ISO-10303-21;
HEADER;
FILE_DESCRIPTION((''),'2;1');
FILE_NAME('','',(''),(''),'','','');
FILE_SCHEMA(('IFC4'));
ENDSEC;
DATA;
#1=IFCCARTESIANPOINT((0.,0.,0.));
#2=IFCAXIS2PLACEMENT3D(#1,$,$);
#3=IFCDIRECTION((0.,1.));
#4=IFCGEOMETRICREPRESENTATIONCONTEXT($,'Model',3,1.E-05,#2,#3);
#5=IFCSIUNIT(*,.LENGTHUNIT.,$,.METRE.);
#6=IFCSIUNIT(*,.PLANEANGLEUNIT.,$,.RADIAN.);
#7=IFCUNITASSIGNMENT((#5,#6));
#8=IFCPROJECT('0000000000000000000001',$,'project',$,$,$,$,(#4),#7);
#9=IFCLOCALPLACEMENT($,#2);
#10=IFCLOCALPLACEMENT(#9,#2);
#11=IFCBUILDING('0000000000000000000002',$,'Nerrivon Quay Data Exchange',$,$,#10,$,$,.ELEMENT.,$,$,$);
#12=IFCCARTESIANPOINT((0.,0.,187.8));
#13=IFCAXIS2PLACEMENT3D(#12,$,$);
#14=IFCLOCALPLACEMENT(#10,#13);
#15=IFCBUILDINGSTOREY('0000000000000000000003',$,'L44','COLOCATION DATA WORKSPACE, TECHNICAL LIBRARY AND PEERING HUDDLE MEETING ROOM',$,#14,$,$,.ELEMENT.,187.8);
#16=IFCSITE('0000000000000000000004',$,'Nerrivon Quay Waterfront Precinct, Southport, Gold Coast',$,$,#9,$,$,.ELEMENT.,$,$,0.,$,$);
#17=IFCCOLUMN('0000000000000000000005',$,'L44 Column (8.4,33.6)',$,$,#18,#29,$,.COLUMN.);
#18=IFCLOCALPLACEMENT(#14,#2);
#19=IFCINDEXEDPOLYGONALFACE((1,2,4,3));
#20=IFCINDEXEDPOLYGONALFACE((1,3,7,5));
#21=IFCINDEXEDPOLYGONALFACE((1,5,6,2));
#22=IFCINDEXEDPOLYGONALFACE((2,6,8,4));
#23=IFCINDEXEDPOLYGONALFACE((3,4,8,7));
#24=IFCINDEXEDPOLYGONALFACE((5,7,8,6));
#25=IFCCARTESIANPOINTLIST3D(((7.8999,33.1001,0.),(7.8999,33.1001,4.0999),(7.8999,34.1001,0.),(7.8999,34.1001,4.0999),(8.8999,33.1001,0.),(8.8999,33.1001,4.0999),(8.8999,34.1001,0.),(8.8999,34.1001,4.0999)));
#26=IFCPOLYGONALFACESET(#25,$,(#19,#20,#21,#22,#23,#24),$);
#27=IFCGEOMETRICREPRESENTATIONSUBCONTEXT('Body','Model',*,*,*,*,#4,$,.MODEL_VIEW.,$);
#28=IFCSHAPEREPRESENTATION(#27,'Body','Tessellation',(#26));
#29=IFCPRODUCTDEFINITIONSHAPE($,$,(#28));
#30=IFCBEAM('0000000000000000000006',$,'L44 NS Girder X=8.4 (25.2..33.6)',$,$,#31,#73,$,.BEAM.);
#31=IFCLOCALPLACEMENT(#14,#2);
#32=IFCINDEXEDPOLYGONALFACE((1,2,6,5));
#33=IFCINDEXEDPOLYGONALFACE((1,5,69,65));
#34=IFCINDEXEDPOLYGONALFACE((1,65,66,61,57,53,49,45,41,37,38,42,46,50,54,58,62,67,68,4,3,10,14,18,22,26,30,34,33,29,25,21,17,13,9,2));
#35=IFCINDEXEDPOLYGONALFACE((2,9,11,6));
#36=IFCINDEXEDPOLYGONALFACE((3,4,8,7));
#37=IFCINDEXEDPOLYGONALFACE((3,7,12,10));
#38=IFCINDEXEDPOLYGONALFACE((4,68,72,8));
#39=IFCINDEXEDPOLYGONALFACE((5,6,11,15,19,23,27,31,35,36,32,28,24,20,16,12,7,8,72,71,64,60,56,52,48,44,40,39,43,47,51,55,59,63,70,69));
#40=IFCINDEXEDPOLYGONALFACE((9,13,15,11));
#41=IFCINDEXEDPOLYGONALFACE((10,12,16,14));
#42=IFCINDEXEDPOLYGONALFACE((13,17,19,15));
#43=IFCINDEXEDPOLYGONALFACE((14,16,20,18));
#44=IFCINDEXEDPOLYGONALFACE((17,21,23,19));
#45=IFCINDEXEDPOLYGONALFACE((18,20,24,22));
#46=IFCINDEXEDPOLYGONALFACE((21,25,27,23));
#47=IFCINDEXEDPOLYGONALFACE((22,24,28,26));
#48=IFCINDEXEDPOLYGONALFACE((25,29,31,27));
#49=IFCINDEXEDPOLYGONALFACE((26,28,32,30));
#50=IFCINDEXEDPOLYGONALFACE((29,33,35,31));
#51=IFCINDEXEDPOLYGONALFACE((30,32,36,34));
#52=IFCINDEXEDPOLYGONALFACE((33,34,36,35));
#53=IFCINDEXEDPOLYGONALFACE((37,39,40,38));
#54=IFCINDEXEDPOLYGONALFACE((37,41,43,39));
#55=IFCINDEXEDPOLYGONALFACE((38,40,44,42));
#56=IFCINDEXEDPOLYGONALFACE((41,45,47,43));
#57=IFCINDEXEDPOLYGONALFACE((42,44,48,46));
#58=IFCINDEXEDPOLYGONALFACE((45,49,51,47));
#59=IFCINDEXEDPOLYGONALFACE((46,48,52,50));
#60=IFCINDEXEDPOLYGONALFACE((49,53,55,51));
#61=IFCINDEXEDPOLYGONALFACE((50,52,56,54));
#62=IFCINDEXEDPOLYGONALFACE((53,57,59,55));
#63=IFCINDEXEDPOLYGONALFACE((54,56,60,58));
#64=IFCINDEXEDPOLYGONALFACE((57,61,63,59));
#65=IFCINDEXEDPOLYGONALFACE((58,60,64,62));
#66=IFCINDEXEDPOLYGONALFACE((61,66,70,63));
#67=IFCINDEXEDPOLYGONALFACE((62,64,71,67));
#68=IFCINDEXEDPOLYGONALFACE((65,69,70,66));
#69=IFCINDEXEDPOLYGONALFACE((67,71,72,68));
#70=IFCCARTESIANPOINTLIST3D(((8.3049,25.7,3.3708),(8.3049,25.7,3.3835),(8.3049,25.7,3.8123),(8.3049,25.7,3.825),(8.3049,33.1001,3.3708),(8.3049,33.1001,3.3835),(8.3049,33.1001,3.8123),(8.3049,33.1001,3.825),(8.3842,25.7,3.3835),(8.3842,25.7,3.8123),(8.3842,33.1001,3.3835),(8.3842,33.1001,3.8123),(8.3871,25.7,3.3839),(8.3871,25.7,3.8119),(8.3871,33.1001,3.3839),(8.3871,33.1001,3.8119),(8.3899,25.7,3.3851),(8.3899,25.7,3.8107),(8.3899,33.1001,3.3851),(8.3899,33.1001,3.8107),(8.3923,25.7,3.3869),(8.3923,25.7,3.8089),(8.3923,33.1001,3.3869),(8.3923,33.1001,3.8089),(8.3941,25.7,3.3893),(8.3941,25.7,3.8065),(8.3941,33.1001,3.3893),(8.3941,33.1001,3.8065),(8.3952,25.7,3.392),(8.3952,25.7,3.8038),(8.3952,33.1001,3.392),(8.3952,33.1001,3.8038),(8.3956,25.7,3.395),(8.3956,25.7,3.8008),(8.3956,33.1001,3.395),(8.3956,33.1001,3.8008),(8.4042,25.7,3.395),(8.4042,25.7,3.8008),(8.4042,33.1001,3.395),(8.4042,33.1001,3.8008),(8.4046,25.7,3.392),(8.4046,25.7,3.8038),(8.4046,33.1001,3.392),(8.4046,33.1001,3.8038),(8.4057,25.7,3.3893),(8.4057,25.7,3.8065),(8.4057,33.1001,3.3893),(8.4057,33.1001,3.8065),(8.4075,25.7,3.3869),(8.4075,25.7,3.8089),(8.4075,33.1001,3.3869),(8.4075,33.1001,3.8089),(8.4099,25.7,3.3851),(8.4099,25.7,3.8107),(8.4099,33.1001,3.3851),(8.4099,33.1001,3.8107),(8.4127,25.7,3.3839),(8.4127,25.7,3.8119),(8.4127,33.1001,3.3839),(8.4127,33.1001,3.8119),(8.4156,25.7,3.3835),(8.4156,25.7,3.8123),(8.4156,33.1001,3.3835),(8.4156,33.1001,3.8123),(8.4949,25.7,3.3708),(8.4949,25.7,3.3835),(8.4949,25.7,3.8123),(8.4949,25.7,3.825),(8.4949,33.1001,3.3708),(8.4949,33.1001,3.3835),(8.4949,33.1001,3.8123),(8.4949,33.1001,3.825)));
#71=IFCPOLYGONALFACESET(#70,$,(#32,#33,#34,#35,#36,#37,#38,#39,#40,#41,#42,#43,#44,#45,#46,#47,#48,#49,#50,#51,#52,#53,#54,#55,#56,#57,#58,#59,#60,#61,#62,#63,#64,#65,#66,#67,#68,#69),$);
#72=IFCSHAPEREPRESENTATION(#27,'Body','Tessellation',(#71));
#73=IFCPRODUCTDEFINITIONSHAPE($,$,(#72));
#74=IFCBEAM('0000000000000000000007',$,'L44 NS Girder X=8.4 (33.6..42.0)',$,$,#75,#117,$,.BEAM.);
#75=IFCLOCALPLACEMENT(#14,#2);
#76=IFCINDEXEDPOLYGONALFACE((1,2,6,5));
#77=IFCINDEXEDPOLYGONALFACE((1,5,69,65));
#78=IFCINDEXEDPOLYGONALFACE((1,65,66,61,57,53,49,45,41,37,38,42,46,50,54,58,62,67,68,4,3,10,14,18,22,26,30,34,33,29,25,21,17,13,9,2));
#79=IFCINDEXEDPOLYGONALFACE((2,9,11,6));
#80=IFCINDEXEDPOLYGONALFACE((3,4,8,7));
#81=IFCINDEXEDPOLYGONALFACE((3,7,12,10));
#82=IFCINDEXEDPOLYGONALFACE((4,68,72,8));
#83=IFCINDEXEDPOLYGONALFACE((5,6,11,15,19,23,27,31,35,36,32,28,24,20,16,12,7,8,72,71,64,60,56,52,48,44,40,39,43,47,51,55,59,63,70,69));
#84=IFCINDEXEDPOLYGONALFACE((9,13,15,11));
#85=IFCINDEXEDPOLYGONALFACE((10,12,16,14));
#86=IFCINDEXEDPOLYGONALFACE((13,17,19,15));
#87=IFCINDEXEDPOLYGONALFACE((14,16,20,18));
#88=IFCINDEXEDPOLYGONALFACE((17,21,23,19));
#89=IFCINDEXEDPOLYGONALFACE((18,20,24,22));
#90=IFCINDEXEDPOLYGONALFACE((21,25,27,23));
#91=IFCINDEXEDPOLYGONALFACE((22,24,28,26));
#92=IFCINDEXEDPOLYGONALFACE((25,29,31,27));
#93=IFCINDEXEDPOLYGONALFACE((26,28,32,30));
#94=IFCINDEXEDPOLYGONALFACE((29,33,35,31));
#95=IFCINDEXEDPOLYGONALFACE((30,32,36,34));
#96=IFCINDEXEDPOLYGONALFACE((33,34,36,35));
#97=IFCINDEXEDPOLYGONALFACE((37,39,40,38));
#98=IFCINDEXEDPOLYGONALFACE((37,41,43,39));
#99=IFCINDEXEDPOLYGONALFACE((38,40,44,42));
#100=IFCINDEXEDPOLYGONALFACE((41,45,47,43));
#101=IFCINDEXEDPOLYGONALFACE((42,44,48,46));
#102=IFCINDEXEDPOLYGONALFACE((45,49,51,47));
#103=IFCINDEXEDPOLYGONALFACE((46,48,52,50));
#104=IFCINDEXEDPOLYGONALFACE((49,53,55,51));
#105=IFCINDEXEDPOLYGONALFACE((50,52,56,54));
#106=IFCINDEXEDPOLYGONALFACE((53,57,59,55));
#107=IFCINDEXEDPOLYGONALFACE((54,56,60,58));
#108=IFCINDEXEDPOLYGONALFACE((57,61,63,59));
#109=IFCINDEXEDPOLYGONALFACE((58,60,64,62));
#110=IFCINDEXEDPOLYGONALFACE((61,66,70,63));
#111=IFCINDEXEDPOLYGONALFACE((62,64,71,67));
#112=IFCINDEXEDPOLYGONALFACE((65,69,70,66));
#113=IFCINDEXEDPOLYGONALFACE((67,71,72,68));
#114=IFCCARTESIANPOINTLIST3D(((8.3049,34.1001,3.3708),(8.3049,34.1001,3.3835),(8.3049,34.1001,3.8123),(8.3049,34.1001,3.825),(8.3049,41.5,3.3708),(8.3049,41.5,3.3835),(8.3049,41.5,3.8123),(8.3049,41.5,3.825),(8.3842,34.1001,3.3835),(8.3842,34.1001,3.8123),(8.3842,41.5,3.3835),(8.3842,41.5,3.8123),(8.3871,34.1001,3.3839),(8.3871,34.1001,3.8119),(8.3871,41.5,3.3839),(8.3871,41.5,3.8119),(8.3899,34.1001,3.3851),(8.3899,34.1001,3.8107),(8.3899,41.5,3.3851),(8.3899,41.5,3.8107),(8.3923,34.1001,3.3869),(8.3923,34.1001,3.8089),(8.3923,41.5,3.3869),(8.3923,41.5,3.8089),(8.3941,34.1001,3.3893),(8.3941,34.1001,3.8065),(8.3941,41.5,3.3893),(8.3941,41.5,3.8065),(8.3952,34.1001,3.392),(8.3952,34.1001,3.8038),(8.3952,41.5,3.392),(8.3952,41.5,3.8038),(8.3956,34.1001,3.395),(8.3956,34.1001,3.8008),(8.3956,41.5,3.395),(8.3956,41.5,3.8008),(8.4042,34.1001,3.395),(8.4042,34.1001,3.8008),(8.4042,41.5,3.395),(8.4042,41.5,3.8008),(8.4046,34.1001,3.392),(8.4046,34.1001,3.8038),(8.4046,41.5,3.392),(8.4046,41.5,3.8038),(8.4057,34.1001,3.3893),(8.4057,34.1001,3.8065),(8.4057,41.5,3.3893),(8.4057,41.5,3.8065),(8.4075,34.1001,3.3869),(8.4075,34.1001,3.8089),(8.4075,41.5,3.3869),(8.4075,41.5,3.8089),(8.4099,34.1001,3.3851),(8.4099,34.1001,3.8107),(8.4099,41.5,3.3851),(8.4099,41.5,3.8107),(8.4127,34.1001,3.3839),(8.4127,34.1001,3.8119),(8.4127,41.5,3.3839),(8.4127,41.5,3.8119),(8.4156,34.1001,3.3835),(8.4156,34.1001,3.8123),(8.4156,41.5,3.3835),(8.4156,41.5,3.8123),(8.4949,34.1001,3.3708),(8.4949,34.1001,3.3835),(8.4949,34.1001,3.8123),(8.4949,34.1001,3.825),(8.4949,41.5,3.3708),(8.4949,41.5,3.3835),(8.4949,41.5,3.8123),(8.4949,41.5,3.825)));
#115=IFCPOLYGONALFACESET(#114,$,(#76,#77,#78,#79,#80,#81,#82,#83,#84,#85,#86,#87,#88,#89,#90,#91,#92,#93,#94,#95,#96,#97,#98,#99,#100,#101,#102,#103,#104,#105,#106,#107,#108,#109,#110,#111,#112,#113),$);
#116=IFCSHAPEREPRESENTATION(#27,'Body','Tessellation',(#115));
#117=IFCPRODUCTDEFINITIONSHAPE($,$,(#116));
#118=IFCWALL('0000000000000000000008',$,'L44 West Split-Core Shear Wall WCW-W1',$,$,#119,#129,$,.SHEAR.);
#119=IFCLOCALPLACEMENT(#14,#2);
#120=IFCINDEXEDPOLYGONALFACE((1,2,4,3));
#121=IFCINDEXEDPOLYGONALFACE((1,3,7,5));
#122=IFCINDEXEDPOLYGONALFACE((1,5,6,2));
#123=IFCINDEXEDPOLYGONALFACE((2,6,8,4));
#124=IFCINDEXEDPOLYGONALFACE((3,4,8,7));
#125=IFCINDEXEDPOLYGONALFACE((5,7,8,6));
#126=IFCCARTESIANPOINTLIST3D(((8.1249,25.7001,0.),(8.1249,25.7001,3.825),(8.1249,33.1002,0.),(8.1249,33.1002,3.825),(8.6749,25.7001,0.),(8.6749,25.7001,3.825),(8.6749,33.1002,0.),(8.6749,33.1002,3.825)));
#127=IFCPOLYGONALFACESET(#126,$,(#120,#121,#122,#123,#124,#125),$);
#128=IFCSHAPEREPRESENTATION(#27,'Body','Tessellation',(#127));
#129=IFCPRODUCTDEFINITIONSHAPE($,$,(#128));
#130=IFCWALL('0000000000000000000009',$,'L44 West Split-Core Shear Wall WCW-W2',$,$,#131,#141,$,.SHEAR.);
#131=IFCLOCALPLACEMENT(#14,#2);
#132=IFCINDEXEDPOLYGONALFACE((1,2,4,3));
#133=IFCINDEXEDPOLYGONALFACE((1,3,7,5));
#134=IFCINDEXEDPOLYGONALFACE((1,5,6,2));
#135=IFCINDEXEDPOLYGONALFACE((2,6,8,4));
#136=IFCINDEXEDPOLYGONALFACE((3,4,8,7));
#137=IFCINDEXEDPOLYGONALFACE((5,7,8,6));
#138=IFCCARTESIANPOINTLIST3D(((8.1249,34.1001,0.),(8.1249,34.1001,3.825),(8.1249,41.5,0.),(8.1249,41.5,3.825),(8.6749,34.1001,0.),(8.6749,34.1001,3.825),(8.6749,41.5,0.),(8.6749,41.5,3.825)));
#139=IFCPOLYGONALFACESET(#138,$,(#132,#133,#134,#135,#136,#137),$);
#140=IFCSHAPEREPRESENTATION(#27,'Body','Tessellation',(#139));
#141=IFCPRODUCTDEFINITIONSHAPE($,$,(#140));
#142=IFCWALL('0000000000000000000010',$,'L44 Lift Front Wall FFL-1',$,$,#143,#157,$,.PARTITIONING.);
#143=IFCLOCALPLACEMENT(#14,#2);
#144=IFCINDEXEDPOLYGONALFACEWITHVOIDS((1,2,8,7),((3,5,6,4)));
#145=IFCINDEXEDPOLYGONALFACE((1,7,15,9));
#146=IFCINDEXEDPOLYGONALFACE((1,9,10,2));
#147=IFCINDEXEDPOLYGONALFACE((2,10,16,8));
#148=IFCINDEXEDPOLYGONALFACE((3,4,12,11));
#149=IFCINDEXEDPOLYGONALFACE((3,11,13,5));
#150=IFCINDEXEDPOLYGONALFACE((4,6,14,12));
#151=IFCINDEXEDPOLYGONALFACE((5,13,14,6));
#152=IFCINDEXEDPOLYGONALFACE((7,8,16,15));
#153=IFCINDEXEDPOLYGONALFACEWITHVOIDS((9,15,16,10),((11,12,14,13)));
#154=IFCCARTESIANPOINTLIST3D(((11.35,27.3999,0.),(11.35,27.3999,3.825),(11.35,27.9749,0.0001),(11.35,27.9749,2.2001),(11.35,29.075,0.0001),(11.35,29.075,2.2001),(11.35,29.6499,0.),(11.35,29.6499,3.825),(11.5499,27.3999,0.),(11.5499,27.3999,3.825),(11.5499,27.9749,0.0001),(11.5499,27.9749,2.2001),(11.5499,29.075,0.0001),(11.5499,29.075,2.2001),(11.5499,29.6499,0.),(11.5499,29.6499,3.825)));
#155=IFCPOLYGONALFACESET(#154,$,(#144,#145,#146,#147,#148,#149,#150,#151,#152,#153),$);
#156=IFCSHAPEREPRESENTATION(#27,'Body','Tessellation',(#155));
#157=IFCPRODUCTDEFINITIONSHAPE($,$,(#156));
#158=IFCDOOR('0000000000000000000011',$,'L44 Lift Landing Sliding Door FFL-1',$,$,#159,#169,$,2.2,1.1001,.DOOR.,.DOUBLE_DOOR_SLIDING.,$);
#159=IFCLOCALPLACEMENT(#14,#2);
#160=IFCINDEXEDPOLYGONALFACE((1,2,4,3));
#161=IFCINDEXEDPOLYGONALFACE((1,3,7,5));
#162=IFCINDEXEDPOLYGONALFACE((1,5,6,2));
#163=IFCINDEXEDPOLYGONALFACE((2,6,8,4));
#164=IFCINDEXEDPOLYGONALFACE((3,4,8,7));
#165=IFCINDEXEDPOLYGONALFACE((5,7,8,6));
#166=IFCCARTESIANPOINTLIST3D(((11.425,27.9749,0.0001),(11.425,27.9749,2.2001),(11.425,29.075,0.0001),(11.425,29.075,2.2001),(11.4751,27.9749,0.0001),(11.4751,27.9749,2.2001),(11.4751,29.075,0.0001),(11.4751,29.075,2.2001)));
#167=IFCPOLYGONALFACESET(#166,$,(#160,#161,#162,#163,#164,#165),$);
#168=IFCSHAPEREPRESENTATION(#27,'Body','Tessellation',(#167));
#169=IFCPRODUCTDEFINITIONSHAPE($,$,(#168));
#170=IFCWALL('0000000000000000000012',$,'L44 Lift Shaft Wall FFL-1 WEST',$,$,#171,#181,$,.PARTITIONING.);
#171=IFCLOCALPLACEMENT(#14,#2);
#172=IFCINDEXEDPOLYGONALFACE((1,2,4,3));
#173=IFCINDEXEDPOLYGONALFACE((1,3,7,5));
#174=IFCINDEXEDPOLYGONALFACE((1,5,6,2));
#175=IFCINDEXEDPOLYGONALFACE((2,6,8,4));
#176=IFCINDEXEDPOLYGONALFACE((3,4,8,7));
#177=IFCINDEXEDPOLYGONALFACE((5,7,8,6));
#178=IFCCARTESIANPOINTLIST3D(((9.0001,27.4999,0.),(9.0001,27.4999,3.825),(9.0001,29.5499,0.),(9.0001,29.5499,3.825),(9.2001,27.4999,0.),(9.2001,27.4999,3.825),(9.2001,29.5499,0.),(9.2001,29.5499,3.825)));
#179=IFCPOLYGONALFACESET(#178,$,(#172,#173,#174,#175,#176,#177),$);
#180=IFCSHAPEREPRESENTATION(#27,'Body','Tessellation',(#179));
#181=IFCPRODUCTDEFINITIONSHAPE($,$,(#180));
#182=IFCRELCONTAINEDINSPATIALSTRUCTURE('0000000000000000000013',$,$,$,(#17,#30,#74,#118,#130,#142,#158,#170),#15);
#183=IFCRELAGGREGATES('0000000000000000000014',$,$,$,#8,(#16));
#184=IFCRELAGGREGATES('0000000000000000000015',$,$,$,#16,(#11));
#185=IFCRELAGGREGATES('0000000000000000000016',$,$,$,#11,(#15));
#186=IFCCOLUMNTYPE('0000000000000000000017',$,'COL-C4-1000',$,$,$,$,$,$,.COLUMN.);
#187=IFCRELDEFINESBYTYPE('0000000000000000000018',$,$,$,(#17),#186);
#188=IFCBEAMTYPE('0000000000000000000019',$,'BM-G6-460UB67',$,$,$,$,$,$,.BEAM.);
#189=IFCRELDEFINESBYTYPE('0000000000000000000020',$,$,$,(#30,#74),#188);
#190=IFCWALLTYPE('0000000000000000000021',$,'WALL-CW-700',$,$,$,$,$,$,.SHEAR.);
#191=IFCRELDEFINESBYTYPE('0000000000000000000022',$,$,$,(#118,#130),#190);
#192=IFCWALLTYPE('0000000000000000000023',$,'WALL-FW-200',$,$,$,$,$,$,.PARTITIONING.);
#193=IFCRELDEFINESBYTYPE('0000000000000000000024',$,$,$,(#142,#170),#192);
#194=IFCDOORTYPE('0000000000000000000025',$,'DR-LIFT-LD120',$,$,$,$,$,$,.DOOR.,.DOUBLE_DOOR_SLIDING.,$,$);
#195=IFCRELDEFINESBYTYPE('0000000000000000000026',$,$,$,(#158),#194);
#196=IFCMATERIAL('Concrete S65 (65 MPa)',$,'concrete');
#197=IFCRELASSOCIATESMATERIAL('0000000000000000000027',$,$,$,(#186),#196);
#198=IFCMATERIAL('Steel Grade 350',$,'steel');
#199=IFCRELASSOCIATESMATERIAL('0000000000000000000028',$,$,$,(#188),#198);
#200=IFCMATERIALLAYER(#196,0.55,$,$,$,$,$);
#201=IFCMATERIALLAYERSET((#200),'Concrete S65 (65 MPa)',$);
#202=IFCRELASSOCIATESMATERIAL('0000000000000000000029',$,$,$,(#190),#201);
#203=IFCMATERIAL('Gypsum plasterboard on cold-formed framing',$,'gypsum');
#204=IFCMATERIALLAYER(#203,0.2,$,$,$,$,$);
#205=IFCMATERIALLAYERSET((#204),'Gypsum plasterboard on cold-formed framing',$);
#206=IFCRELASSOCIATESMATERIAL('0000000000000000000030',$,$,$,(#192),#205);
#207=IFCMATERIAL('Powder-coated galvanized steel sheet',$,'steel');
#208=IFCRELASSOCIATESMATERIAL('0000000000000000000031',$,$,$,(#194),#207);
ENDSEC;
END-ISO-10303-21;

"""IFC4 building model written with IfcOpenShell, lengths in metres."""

from ifc_helpers import new_model, si_unit, direction, frame, frame_2d, origin, origin_2d, place, context, subcontext, project, spatial, rectangle, i_section, extrude, material, layer, layer_set, material_profile, profile_set, type_object, element, fill, save


model = new_model("IFC4")

# Units and contexts
model_context = context("Model", 3, precision=1e-05, world=origin(), true_north=direction((0.0, 1.0)))
body_context = subcontext(model_context, "Body", "Model", "MODEL_VIEW")
ifc_project = project(units=[si_unit("LENGTHUNIT", "METRE"), si_unit("PLANEANGLEUNIT", "RADIAN")], contexts=[model_context])

# Site, building, storey
site_placement = place(None, origin())
site = spatial("IfcSite", under=ifc_project, at=site_placement, Name="Nerrivon Quay Waterfront Precinct, Southport, Gold Coast", CompositionType="ELEMENT", RefElevation=0.0)
building_placement = place(site_placement, origin())
building = spatial("IfcBuilding", under=site, at=building_placement, Name="Nerrivon Quay Data Exchange", CompositionType="ELEMENT")
storey_placement = place(building_placement, frame((0.0, 0.0, 187.8)))
storey = spatial("IfcBuildingStorey", under=building, at=storey_placement, Name="L44", Description="COLOCATION DATA WORKSPACE, TECHNICAL LIBRARY AND PEERING HUDDLE MEETING ROOM", CompositionType="ELEMENT", Elevation=187.8)

# Column
ifc_material_1 = material(Name="Concrete S65 (65 MPa)", Category="concrete")
ifc_material_profile_1 = material_profile(ifc_material_1, rectangle(XDim=1.0, YDim=1.0, at=origin_2d()), Name="RC-COL-1000x1000")
ifc_profile_set_1 = profile_set([ifc_material_profile_1], Name="Concrete S65 (65 MPa)")
column_type = type_object("IfcColumnType", Name="COL-C4-1000", PredefinedType="COLUMN", material=ifc_profile_set_1)
column_placement = place(storey_placement, frame((8.3999, 33.6001, 0.0), z_axis=(0.0, 0.0, 1.0), x_axis=(1.0, 0.0, 0.0)))
element("IfcColumn", 1, at=column_placement, inside=storey, type_object=column_type, Name="L44 Column (8.4,33.6)", PredefinedType="COLUMN", context=body_context, shape_type="SweptSolid", body=[
    extrude(rectangle(XDim=1.0, YDim=1.0, at=origin_2d()), origin(), (0.0, 0.0, 1.0), 4.0999),
])

# Beams
ifc_material_2 = material(Name="Steel Grade 350", Category="steel")
ifc_material_profile_2 = material_profile(ifc_material_2, i_section(OverallWidth=0.1899, OverallDepth=0.4541, WebThickness=0.0085, FlangeThickness=0.0127, FilletRadius=0.0115, at=origin_2d()), Name="460UB67.1")
ifc_profile_set_2 = profile_set([ifc_material_profile_2], Name="Steel Grade 350")
beam_type = type_object("IfcBeamType", Name="BM-G6-460UB67", PredefinedType="BEAM", material=ifc_profile_set_2)
beam_1_placement = place(storey_placement, frame((8.3999, 25.7, 3.5979), z_axis=(0.0, 1.0, 0.0), x_axis=(-1.0, 0.0, 0.0)))
element("IfcBeam", 2, at=beam_1_placement, inside=storey, type_object=beam_type, Name="L44 NS Girder X=8.4 (25.2..33.6)", PredefinedType="BEAM", context=body_context, shape_type="SweptSolid", body=[
    extrude(i_section(OverallWidth=0.1899, OverallDepth=0.4541, WebThickness=0.0085, FlangeThickness=0.0127, FilletRadius=0.0115, at=origin_2d()), origin(), (0.0, 0.0, 1.0), 7.4001),
])
beam_2_placement = place(storey_placement, frame((8.3999, 34.1001, 3.5979), z_axis=(0.0, 1.0, 0.0), x_axis=(-1.0, 0.0, 0.0)))
element("IfcBeam", 3, at=beam_2_placement, inside=storey, type_object=beam_type, Name="L44 NS Girder X=8.4 (33.6..42.0)", PredefinedType="BEAM", context=body_context, shape_type="SweptSolid", body=[
    extrude(i_section(OverallWidth=0.1899, OverallDepth=0.4541, WebThickness=0.0085, FlangeThickness=0.0127, FilletRadius=0.0115, at=origin_2d()), origin(), (0.0, 0.0, 1.0), 7.3999),
])

# Walls
ifc_layer_1 = layer(ifc_material_1, 0.55)
ifc_layer_set_1 = layer_set([ifc_layer_1], Name="Concrete S65 (65 MPa)")
wall_type_1 = type_object("IfcWallType", Name="WALL-CW-700", PredefinedType="SHEAR", material=ifc_layer_set_1)
wall_1_placement = place(storey_placement, frame((8.3999, 25.7, 0.0), z_axis=(0.0, 0.0, 1.0), x_axis=(0.0, 1.0, 0.0)))
element("IfcWall", 4, at=wall_1_placement, inside=storey, type_object=wall_type_1, Name="L44 West Split-Core Shear Wall WCW-W1", PredefinedType="SHEAR", context=body_context, shape_type="SweptSolid", body=[
    extrude(rectangle(XDim=7.4001, YDim=0.55, at=frame_2d((3.7002, 0.0))), origin(), (0.0, 0.0, 1.0), 3.825),
])
wall_2_placement = place(storey_placement, frame((8.3999, 34.1001, 0.0), z_axis=(0.0, 0.0, 1.0), x_axis=(0.0, 1.0, 0.0)))
element("IfcWall", 5, at=wall_2_placement, inside=storey, type_object=wall_type_1, Name="L44 West Split-Core Shear Wall WCW-W2", PredefinedType="SHEAR", context=body_context, shape_type="SweptSolid", body=[
    extrude(rectangle(XDim=7.3999, YDim=0.55, at=frame_2d((3.7, 0.0))), origin(), (0.0, 0.0, 1.0), 3.825),
])

# Wall, opening, door
ifc_material_3 = material(Name="Powder-coated galvanized steel sheet", Category="steel")
ifc_material_4 = material(Name="Gypsum plasterboard on cold-formed framing", Category="gypsum")
ifc_layer_2 = layer(ifc_material_4, 0.2)
ifc_layer_set_2 = layer_set([ifc_layer_2], Name="Gypsum plasterboard on cold-formed framing")
wall_type_2 = type_object("IfcWallType", Name="WALL-FW-200", PredefinedType="PARTITIONING", material=ifc_layer_set_2)
wall_3_placement = place(storey_placement, frame((11.45, 27.3999, 0.0), z_axis=(0.0, 0.0, 1.0), x_axis=(0.0, 1.0, 0.0)))
wall_3 = element("IfcWall", 6, at=wall_3_placement, inside=storey, type_object=wall_type_2, Name="L44 Lift Front Wall FFL-1", PredefinedType="PARTITIONING", context=body_context, shape_type="SweptSolid", body=[
    extrude(rectangle(XDim=2.25, YDim=0.2, at=frame_2d((1.125, 0.0))), origin(), (0.0, 0.0, 1.0), 3.825),
])
opening_1_placement = place(wall_3_placement, frame((0.575, 0.0, 0.0)))
opening_1 = element("IfcOpeningElement", 7, at=opening_1_placement, cuts=wall_3, PredefinedType="OPENING", context=body_context, shape_type="SweptSolid", body=[
    extrude(rectangle(XDim=1.1001, YDim=2.2, at=frame_2d((0.55, 1.1001))), frame((0.0, 0.1099, 0.0), z_axis=(0.0, -1.0, 0.0), x_axis=(1.0, 0.0, 0.0)), (0.0, 0.0, 1.0), 0.22),
])
door_type_1 = type_object("IfcDoorType", Name="DR-LIFT-LD120", OperationType="DOUBLE_DOOR_SLIDING", PredefinedType="DOOR", material=ifc_material_3)
door_1_placement = place(opening_1_placement, origin())
door_1 = element("IfcDoor", 8, at=door_1_placement, inside=storey, type_object=door_type_1, Name="L44 Lift Landing Sliding Door FFL-1", OperationType="DOUBLE_DOOR_SLIDING", OverallHeight=2.2, OverallWidth=1.1001, PredefinedType="DOOR", context=body_context, shape_type="SweptSolid", body=[
    extrude(rectangle(XDim=1.1001, YDim=2.2, at=frame_2d((0.55, 1.1001))), frame((0.0, 0.0249, 0.0), z_axis=(0.0, -1.0, 0.0), x_axis=(1.0, 0.0, 0.0)), (0.0, 0.0, 1.0), 0.05),
])
fill(opening_1, door_1)

# Wall
wall_4_placement = place(storey_placement, frame((9.1001, 27.5, 0.0), z_axis=(0.0, 0.0, 1.0), x_axis=(0.0, 1.0, 0.0)))
element("IfcWall", 9, at=wall_4_placement, inside=storey, type_object=wall_type_2, Name="L44 Lift Shaft Wall FFL-1 WEST", PredefinedType="PARTITIONING", context=body_context, shape_type="SweptSolid", body=[
    extrude(rectangle(XDim=2.05, YDim=0.2, at=frame_2d((1.0249, 0.0))), origin(), (0.0, 0.0, 1.0), 3.825),
])

save(model, "model.ifc")
